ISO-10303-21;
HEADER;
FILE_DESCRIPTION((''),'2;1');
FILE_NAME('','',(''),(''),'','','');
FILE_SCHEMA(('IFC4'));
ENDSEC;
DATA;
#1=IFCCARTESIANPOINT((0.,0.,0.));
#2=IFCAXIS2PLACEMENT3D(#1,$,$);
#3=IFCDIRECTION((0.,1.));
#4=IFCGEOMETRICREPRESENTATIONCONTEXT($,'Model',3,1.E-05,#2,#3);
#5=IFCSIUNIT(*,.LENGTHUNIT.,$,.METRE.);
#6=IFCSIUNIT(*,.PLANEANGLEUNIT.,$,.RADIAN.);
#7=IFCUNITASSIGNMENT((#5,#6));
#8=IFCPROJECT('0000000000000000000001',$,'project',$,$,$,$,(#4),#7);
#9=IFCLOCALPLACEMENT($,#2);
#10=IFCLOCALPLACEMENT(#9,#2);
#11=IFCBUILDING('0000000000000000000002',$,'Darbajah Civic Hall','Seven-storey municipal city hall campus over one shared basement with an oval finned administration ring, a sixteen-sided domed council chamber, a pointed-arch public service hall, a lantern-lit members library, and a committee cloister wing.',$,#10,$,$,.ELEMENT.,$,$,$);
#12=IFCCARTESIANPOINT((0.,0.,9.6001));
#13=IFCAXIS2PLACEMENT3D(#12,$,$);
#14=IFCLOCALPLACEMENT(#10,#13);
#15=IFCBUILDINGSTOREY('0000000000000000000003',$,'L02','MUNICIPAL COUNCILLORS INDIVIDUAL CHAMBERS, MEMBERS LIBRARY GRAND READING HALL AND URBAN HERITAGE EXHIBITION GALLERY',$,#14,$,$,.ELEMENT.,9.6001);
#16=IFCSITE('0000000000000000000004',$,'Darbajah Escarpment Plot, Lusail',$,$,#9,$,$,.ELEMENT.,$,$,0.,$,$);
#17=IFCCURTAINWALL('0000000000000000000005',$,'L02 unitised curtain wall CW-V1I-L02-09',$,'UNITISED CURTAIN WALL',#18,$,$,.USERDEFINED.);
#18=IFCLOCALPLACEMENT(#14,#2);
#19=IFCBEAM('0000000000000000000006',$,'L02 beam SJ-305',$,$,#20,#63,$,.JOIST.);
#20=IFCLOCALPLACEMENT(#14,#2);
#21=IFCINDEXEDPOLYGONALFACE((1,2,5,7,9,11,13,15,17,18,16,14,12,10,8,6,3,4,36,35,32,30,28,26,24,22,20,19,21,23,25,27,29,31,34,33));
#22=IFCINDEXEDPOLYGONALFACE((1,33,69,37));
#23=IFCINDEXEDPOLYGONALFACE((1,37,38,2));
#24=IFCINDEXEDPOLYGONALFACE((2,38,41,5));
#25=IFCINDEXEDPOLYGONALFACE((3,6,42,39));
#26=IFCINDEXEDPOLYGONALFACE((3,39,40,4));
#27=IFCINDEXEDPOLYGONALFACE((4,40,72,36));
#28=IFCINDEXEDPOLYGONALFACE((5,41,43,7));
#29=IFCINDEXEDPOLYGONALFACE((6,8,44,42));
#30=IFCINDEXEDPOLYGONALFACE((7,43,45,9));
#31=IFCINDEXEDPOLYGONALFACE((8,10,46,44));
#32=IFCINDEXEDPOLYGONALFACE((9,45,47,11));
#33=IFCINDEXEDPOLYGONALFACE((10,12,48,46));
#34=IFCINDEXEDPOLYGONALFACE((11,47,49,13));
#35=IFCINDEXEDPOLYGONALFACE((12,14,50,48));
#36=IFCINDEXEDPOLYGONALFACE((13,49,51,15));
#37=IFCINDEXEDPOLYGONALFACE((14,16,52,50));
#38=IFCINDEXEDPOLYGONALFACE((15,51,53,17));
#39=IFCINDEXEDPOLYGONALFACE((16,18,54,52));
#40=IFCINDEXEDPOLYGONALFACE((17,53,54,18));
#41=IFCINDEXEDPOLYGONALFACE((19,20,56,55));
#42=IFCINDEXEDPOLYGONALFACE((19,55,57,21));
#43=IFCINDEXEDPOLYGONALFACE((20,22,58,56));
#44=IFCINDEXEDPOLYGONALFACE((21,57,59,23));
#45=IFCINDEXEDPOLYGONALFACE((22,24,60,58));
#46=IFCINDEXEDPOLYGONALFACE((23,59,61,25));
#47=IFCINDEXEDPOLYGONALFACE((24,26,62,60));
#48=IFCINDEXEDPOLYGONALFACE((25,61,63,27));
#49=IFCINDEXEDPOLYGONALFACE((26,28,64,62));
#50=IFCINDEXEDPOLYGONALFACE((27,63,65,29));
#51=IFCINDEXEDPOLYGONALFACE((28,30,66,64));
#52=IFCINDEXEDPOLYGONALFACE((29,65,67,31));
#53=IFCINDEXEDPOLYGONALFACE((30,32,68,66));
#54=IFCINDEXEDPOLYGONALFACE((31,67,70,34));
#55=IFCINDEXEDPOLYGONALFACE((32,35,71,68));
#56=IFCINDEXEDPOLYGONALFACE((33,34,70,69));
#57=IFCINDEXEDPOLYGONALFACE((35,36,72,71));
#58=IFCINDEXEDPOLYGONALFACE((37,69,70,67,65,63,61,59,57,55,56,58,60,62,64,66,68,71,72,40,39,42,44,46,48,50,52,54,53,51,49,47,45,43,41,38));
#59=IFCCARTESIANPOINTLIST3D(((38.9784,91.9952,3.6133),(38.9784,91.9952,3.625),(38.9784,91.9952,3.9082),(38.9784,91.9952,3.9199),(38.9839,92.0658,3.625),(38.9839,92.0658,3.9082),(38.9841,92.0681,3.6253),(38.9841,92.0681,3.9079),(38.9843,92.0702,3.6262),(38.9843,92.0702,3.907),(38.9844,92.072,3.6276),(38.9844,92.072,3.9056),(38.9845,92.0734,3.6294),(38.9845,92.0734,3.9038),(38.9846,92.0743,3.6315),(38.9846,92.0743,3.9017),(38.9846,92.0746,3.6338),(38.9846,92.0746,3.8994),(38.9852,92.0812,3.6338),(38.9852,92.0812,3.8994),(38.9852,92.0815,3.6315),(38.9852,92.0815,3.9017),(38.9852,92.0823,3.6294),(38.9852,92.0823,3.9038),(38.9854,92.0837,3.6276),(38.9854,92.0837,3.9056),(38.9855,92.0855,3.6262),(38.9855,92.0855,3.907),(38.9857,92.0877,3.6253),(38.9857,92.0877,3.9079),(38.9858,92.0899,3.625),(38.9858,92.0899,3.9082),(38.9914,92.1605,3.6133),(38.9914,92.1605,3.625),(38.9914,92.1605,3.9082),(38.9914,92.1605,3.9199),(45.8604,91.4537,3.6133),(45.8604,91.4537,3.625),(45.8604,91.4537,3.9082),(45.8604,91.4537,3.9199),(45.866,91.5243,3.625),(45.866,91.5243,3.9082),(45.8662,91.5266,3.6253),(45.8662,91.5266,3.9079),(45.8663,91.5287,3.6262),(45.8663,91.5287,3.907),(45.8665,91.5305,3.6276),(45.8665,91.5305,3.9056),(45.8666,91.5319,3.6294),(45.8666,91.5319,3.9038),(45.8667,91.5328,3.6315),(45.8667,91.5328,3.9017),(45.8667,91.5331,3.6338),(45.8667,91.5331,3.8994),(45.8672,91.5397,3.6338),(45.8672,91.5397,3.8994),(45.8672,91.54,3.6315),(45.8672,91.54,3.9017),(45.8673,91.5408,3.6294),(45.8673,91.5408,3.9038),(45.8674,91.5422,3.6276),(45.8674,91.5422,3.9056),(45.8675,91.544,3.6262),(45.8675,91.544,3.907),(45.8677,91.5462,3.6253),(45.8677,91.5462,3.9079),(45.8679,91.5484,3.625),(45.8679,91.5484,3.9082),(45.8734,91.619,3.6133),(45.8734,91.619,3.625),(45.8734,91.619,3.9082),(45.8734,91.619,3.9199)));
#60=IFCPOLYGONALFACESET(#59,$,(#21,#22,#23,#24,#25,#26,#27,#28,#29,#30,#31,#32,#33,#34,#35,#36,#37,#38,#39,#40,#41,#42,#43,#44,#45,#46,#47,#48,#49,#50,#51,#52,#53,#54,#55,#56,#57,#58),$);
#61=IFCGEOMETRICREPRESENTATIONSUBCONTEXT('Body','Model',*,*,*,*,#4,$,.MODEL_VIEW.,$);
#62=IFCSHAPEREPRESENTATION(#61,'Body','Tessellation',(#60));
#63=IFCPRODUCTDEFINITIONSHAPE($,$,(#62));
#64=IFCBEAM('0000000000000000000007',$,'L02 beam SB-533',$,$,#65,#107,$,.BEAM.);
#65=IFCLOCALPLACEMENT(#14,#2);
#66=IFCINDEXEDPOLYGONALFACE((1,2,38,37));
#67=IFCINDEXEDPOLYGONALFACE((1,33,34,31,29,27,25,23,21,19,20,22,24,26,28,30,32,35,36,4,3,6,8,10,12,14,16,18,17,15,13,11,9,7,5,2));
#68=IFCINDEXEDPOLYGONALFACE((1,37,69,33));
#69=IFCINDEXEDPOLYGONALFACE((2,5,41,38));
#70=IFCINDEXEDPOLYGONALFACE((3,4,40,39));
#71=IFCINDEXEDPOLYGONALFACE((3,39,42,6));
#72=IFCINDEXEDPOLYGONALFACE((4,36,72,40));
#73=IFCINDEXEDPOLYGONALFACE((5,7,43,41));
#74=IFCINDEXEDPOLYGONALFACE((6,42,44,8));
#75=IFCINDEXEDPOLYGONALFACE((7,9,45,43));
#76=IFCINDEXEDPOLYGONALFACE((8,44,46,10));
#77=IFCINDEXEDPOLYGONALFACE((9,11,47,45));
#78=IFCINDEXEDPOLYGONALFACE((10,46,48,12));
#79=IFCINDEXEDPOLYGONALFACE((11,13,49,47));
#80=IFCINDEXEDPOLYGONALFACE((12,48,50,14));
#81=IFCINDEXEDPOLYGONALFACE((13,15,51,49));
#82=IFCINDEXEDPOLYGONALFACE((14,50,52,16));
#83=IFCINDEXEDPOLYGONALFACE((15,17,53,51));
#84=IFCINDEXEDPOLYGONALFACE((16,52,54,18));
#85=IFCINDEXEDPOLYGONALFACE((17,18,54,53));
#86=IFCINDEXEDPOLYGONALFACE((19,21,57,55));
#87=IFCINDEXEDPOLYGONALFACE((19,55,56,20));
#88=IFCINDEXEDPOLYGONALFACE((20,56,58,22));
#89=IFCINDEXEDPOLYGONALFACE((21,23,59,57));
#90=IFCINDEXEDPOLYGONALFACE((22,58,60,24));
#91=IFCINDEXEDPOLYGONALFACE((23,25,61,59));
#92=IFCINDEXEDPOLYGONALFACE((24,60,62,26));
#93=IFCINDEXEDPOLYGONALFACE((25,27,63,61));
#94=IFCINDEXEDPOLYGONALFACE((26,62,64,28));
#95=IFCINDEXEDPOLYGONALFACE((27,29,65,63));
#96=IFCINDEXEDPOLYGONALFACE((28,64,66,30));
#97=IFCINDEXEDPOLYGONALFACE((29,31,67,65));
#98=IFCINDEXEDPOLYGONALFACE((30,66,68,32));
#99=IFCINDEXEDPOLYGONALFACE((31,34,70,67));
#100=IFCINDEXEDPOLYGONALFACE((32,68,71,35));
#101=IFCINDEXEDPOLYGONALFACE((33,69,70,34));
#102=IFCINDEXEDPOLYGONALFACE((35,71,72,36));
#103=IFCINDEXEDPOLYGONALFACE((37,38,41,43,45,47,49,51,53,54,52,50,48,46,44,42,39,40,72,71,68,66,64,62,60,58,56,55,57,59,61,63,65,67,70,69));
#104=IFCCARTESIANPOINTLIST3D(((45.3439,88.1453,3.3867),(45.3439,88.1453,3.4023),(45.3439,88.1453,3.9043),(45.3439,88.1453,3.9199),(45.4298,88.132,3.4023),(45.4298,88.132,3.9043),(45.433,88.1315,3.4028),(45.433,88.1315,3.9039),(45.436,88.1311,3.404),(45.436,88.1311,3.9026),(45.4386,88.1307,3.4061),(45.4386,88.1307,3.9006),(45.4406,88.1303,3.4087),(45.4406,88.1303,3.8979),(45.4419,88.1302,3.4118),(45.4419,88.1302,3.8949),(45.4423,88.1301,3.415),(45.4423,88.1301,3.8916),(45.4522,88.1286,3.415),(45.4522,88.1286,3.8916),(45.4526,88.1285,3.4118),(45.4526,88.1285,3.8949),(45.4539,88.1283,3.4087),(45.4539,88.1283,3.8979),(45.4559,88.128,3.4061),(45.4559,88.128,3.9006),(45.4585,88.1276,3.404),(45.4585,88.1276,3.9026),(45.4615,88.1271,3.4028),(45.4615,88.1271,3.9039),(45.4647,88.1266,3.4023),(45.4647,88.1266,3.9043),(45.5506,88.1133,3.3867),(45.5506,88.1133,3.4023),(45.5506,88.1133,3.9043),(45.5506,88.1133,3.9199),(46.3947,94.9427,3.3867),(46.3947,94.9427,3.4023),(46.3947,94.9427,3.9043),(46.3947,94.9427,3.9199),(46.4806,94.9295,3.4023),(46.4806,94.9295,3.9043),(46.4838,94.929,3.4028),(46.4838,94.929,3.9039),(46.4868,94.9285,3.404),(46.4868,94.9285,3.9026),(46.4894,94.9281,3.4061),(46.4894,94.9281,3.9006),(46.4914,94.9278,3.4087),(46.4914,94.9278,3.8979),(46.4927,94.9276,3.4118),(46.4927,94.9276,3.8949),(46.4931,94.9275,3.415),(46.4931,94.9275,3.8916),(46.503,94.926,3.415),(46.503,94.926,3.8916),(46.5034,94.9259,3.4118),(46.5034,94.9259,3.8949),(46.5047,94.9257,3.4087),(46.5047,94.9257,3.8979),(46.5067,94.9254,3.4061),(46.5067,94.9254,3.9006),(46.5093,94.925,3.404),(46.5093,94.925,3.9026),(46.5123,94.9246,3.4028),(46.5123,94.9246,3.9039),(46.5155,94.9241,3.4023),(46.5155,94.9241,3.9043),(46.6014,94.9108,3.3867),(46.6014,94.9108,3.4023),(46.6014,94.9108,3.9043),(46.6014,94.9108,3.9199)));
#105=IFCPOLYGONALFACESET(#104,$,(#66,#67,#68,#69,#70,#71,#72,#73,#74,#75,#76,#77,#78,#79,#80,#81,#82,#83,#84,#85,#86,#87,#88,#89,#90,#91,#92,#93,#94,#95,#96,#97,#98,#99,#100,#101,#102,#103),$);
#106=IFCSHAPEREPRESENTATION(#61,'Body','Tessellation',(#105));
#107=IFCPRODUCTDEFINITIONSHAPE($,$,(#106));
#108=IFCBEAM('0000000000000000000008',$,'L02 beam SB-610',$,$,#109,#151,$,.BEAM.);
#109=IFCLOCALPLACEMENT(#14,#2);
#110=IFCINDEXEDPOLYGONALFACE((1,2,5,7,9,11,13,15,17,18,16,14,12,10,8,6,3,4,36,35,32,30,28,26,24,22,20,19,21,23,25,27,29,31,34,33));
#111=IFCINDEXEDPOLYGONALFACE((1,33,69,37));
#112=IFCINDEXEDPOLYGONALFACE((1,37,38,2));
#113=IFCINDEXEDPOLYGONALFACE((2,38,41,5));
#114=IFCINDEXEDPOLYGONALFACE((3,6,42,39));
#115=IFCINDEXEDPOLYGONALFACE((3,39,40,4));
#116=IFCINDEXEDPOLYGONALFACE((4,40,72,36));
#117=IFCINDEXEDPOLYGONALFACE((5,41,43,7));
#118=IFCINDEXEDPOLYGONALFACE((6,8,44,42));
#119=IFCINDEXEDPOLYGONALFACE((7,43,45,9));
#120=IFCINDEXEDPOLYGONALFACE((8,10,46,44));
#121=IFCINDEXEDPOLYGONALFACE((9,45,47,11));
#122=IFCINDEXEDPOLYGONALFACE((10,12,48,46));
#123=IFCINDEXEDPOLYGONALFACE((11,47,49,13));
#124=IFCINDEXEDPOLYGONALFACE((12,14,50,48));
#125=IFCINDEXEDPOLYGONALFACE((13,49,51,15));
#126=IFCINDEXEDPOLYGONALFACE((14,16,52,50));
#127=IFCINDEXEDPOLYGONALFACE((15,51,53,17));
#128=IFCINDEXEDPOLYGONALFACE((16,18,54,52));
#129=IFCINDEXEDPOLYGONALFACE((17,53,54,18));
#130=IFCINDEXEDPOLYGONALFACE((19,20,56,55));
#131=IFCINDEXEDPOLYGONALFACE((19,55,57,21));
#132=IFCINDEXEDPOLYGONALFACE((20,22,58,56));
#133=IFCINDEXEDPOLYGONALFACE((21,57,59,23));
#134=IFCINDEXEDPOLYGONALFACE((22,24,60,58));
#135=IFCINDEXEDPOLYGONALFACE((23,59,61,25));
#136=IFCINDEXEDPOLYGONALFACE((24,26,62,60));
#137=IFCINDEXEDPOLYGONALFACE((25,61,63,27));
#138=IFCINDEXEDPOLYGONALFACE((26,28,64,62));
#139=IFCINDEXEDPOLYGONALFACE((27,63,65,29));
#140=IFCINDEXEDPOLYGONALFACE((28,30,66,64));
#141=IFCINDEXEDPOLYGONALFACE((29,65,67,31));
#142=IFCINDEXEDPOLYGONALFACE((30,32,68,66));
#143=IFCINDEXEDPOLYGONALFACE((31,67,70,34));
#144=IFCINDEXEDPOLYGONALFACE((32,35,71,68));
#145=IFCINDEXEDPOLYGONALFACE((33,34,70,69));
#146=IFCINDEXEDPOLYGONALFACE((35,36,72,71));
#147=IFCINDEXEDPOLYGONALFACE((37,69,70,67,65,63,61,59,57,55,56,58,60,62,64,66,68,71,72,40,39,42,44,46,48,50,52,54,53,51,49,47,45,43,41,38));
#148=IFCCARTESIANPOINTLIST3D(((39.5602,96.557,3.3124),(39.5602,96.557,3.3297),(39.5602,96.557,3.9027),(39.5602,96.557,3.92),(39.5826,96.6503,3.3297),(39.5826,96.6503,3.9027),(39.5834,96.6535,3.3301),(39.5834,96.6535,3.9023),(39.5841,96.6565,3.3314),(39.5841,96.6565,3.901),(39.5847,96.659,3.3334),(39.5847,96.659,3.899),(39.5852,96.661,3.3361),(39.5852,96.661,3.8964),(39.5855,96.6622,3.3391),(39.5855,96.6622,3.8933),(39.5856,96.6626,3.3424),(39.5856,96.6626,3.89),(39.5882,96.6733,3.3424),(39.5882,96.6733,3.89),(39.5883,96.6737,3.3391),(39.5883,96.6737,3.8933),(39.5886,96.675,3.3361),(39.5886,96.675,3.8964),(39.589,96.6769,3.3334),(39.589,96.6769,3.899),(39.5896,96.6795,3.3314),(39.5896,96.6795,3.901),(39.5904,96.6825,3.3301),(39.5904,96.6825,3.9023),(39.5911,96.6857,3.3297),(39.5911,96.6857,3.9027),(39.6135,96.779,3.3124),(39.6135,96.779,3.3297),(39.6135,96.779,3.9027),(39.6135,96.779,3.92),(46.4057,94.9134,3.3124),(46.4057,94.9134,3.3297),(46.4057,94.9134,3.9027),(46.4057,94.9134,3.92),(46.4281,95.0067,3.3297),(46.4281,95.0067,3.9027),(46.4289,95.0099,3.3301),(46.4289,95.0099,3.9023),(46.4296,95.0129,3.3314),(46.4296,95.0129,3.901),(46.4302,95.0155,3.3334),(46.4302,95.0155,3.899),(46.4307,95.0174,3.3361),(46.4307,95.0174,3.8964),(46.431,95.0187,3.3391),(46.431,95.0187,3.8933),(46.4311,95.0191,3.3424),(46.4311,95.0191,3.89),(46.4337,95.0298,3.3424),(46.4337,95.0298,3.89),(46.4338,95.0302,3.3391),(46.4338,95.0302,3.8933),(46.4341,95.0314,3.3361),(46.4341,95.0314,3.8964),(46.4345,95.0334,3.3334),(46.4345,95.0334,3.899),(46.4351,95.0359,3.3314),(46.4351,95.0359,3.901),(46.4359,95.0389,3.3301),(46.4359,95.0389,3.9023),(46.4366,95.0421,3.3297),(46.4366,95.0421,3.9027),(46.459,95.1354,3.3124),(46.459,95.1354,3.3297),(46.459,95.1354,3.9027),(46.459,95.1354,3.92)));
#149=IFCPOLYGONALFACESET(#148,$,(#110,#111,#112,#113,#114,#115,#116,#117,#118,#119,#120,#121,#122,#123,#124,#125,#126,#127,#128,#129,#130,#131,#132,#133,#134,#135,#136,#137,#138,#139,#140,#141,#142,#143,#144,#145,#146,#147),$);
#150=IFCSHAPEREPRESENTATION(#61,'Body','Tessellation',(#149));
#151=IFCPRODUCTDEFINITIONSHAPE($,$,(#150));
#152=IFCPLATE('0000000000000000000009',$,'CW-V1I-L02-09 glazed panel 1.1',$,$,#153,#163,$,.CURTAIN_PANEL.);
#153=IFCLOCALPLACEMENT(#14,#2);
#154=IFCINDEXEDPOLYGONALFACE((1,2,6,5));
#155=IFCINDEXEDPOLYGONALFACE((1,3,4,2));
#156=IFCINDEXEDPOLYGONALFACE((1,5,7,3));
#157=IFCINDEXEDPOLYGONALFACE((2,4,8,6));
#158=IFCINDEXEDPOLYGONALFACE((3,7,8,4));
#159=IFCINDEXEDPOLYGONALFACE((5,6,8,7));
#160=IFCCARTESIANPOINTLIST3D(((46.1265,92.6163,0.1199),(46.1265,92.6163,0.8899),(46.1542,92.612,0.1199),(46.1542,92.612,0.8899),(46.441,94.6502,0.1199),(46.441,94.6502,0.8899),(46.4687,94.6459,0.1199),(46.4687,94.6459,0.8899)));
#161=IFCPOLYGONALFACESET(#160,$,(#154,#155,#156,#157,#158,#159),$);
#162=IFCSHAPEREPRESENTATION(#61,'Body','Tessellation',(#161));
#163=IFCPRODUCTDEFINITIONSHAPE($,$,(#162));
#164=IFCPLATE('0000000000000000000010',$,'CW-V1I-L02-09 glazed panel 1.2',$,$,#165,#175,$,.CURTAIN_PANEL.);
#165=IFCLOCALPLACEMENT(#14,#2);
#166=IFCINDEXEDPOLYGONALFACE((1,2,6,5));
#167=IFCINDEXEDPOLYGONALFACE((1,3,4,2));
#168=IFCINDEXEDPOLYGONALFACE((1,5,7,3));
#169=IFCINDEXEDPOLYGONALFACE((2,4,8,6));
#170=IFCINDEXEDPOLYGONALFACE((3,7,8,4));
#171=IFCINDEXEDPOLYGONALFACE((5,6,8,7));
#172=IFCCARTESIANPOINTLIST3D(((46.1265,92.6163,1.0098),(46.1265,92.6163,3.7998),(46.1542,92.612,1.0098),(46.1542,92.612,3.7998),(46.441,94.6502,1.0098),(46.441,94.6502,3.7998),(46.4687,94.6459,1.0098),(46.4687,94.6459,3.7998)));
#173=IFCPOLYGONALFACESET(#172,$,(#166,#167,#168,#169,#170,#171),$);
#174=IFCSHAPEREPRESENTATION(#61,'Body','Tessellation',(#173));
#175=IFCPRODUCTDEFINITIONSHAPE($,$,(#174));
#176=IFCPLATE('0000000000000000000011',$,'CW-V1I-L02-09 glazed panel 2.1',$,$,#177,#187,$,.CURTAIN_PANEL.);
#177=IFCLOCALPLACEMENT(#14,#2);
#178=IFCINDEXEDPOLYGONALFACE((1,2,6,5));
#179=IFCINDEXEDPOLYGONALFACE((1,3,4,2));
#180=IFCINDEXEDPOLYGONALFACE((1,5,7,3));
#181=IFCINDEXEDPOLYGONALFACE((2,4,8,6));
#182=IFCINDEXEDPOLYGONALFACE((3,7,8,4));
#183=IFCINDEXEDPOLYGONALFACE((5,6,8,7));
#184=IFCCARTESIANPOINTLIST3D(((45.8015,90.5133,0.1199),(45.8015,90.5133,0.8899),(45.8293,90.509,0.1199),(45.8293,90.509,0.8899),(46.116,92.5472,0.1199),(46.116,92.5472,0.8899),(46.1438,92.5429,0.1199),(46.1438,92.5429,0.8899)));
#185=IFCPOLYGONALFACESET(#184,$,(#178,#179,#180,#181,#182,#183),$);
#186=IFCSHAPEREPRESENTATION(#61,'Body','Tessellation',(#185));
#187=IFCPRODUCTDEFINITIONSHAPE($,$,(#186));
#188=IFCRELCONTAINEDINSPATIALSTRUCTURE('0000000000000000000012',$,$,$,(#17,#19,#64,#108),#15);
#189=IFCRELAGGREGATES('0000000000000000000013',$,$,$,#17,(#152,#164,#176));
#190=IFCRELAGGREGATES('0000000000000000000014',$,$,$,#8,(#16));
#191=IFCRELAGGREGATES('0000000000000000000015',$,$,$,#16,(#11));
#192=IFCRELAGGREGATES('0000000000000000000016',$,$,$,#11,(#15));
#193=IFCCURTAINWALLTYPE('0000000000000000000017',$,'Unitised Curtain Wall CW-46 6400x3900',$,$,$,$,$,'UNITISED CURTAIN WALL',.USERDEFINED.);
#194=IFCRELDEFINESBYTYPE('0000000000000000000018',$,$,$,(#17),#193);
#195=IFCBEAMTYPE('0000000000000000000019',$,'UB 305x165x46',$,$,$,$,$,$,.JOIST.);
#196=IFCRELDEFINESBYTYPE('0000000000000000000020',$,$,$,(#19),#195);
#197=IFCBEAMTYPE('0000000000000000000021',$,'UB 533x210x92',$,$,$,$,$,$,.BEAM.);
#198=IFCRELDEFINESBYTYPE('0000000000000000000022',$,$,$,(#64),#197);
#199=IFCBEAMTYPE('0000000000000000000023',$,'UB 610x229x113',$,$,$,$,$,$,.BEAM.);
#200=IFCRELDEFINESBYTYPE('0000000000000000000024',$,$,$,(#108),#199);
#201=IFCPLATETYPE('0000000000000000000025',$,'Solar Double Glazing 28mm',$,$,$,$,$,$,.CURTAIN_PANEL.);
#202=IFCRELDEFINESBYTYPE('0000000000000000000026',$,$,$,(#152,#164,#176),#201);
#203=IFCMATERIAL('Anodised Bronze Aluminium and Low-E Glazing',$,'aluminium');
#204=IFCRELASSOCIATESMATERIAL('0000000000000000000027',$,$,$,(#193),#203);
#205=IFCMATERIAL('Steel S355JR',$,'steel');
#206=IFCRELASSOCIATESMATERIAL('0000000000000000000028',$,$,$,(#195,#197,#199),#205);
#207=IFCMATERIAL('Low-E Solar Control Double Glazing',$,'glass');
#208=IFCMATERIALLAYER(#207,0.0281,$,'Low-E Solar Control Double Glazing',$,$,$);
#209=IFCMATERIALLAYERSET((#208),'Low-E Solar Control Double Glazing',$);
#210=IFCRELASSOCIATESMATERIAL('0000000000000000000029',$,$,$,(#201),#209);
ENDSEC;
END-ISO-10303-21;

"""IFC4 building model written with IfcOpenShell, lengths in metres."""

from ifc_helpers import new_model, si_unit, direction, frame, origin, origin_2d, place, context, subcontext, project, spatial, rectangle, i_section, extrude, material, layer, layer_set, material_profile, profile_set, type_object, element, aggregate, save


model = new_model("IFC4")

# Units and contexts
model_context = context("Model", 3, precision=1e-05, world=origin(), true_north=direction((0.0, 1.0)))
body_context = subcontext(model_context, "Body", "Model", "MODEL_VIEW")
ifc_project = project(units=[si_unit("LENGTHUNIT", "METRE"), si_unit("PLANEANGLEUNIT", "RADIAN")], contexts=[model_context])

# Site, building, storey
site_placement = place(None, origin())
site = spatial("IfcSite", under=ifc_project, at=site_placement, Name="Darbajah Escarpment Plot, Lusail", CompositionType="ELEMENT", RefElevation=0.0)
building_placement = place(site_placement, origin())
building = spatial("IfcBuilding", under=site, at=building_placement, Name="Darbajah Civic Hall", Description="Seven-storey municipal city hall campus over one shared basement with an oval finned administration ring, a sixteen-sided domed council chamber, a pointed-arch public service hall, a lantern-lit members library, and a committee cloister wing.", CompositionType="ELEMENT")
storey_placement = place(building_placement, frame((0.0, 0.0, 9.6001)))
storey = spatial("IfcBuildingStorey", under=building, at=storey_placement, Name="L02", Description="MUNICIPAL COUNCILLORS INDIVIDUAL CHAMBERS, MEMBERS LIBRARY GRAND READING HALL AND URBAN HERITAGE EXHIBITION GALLERY", CompositionType="ELEMENT", Elevation=9.6001)

# Curtain wall
ifc_material_1 = material(Name="Anodised Bronze Aluminium and Low-E Glazing", Category="aluminium")
curtain_wall_type_1 = type_object("IfcCurtainWallType", Name="Unitised Curtain Wall CW-46 6400x3900", ElementType="UNITISED CURTAIN WALL", PredefinedType="USERDEFINED", material=ifc_material_1)
curtain_wall_1_placement = place(storey_placement, origin())
curtain_wall_1 = element("IfcCurtainWall", 1, at=curtain_wall_1_placement, inside=storey, type_object=curtain_wall_type_1, Name="L02 unitised curtain wall CW-V1I-L02-09", ObjectType="UNITISED CURTAIN WALL", PredefinedType="USERDEFINED")

# Beams
ifc_material_2 = material(Name="Steel S355JR", Category="steel")
ifc_material_profile_1 = material_profile(ifc_material_2, i_section(OverallWidth=0.1658, OverallDepth=0.3066, WebThickness=0.0066, FlangeThickness=0.0117, FilletRadius=0.0088, at=origin_2d()), Name="UB 305x165x46")
ifc_profile_set_1 = profile_set([ifc_material_profile_1], Name="Steel S355JR")
beam_type_1 = type_object("IfcBeamType", Name="UB 305x165x46", PredefinedType="JOIST", material=ifc_profile_set_1)
beam_1_placement = place(storey_placement, frame((45.8669, 91.5364, 3.7666), z_axis=(-0.996919, 0.078441, 0.0), x_axis=(-0.078441, -0.996919, 0.0)))
element("IfcBeam", 2, at=beam_1_placement, inside=storey, type_object=beam_type_1, Name="L02 beam SJ-305", PredefinedType="JOIST", context=body_context, shape_type="SweptSolid", body=[
    extrude(i_section(OverallWidth=0.1658, OverallDepth=0.3066, WebThickness=0.0066, FlangeThickness=0.0117, FilletRadius=0.0088, at=origin_2d()), origin(), (0.0, 0.0, 1.0), 6.9033),
])
ifc_material_profile_2 = material_profile(ifc_material_2, i_section(OverallWidth=0.2092, OverallDepth=0.5332, WebThickness=0.01, FlangeThickness=0.0156, FilletRadius=0.0127, at=origin_2d()), Name="UB 533x210x92")
ifc_profile_set_2 = profile_set([ifc_material_profile_2], Name="Steel S355JR")
beam_type_2 = type_object("IfcBeamType", Name="UB 533x210x92", PredefinedType="BEAM", material=ifc_profile_set_2)
beam_2_placement = place(storey_placement, frame((46.498, 94.9268, 3.6533), z_axis=(-0.152772, -0.988261, 0.0), x_axis=(0.988261, -0.152772, 0.0)))
element("IfcBeam", 3, at=beam_2_placement, inside=storey, type_object=beam_type_2, Name="L02 beam SB-533", PredefinedType="BEAM", context=body_context, shape_type="SweptSolid", body=[
    extrude(i_section(OverallWidth=0.2092, OverallDepth=0.5332, WebThickness=0.01, FlangeThickness=0.0156, FilletRadius=0.0127, at=origin_2d()), origin(), (0.0, 0.0, 1.0), 6.8782),
])
ifc_material_profile_3 = material_profile(ifc_material_2, i_section(OverallWidth=0.2283, OverallDepth=0.6077, WebThickness=0.011, FlangeThickness=0.0173, FilletRadius=0.0127, at=origin_2d()), Name="UB 610x229x113")
ifc_profile_set_3 = profile_set([ifc_material_profile_3], Name="Steel S355JR")
beam_type_3 = type_object("IfcBeamType", Name="UB 610x229x113", PredefinedType="BEAM", material=ifc_profile_set_3)
beam_3_placement = place(storey_placement, frame((46.4324, 95.0244, 3.6162), z_axis=(-0.972367, 0.23346, 0.0), x_axis=(-0.23346, -0.972367, 0.0)))
element("IfcBeam", 4, at=beam_3_placement, inside=storey, type_object=beam_type_3, Name="L02 beam SB-610", PredefinedType="BEAM", context=body_context, shape_type="SweptSolid", body=[
    extrude(i_section(OverallWidth=0.2283, OverallDepth=0.6077, WebThickness=0.011, FlangeThickness=0.0173, FilletRadius=0.0127, at=origin_2d()), origin(), (0.0, 0.0, 1.0), 7.04),
])

# Plates
ifc_material_3 = material(Name="Low-E Solar Control Double Glazing", Category="glass")
ifc_layer_1 = layer(ifc_material_3, 0.0281, Name="Low-E Solar Control Double Glazing")
ifc_layer_set_1 = layer_set([ifc_layer_1], Name="Low-E Solar Control Double Glazing")
plate_type_1 = type_object("IfcPlateType", Name="Solar Double Glazing 28mm", PredefinedType="CURTAIN_PANEL", material=ifc_layer_set_1)
plate_1_placement = place(storey_placement, frame((46.2976, 93.6311, 0.1199), z_axis=(0.0, 0.0, 1.0), x_axis=(-0.152813, -0.988255, 0.0)))
plate_1 = element("IfcPlate", 5, at=plate_1_placement, type_object=plate_type_1, Name="CW-V1I-L02-09 glazed panel 1.1", PredefinedType="CURTAIN_PANEL", context=body_context, shape_type="SweptSolid", body=[
    extrude(rectangle(XDim=2.0581, YDim=0.0281, at=origin_2d()), origin(), (0.0, 0.0, 1.0), 0.77),
])
plate_2_placement = place(storey_placement, frame((46.2976, 93.6311, 1.0098), z_axis=(0.0, 0.0, 1.0), x_axis=(-0.152813, -0.988255, 0.0)))
plate_2 = element("IfcPlate", 6, at=plate_2_placement, type_object=plate_type_1, Name="CW-V1I-L02-09 glazed panel 1.2", PredefinedType="CURTAIN_PANEL", context=body_context, shape_type="SweptSolid", body=[
    extrude(rectangle(XDim=2.0581, YDim=0.0281, at=origin_2d()), origin(), (0.0, 0.0, 1.0), 2.79),
])
plate_3_placement = place(storey_placement, frame((45.9727, 91.5281, 0.1199), z_axis=(0.0, 0.0, 1.0), x_axis=(-0.152813, -0.988255, 0.0)))
plate_3 = element("IfcPlate", 7, at=plate_3_placement, type_object=plate_type_1, Name="CW-V1I-L02-09 glazed panel 2.1", PredefinedType="CURTAIN_PANEL", context=body_context, shape_type="SweptSolid", body=[
    extrude(rectangle(XDim=2.0581, YDim=0.0281, at=origin_2d()), origin(), (0.0, 0.0, 1.0), 0.77),
])
aggregate(curtain_wall_1, [plate_1, plate_2, plate_3])

save(model, "model.ifc")
